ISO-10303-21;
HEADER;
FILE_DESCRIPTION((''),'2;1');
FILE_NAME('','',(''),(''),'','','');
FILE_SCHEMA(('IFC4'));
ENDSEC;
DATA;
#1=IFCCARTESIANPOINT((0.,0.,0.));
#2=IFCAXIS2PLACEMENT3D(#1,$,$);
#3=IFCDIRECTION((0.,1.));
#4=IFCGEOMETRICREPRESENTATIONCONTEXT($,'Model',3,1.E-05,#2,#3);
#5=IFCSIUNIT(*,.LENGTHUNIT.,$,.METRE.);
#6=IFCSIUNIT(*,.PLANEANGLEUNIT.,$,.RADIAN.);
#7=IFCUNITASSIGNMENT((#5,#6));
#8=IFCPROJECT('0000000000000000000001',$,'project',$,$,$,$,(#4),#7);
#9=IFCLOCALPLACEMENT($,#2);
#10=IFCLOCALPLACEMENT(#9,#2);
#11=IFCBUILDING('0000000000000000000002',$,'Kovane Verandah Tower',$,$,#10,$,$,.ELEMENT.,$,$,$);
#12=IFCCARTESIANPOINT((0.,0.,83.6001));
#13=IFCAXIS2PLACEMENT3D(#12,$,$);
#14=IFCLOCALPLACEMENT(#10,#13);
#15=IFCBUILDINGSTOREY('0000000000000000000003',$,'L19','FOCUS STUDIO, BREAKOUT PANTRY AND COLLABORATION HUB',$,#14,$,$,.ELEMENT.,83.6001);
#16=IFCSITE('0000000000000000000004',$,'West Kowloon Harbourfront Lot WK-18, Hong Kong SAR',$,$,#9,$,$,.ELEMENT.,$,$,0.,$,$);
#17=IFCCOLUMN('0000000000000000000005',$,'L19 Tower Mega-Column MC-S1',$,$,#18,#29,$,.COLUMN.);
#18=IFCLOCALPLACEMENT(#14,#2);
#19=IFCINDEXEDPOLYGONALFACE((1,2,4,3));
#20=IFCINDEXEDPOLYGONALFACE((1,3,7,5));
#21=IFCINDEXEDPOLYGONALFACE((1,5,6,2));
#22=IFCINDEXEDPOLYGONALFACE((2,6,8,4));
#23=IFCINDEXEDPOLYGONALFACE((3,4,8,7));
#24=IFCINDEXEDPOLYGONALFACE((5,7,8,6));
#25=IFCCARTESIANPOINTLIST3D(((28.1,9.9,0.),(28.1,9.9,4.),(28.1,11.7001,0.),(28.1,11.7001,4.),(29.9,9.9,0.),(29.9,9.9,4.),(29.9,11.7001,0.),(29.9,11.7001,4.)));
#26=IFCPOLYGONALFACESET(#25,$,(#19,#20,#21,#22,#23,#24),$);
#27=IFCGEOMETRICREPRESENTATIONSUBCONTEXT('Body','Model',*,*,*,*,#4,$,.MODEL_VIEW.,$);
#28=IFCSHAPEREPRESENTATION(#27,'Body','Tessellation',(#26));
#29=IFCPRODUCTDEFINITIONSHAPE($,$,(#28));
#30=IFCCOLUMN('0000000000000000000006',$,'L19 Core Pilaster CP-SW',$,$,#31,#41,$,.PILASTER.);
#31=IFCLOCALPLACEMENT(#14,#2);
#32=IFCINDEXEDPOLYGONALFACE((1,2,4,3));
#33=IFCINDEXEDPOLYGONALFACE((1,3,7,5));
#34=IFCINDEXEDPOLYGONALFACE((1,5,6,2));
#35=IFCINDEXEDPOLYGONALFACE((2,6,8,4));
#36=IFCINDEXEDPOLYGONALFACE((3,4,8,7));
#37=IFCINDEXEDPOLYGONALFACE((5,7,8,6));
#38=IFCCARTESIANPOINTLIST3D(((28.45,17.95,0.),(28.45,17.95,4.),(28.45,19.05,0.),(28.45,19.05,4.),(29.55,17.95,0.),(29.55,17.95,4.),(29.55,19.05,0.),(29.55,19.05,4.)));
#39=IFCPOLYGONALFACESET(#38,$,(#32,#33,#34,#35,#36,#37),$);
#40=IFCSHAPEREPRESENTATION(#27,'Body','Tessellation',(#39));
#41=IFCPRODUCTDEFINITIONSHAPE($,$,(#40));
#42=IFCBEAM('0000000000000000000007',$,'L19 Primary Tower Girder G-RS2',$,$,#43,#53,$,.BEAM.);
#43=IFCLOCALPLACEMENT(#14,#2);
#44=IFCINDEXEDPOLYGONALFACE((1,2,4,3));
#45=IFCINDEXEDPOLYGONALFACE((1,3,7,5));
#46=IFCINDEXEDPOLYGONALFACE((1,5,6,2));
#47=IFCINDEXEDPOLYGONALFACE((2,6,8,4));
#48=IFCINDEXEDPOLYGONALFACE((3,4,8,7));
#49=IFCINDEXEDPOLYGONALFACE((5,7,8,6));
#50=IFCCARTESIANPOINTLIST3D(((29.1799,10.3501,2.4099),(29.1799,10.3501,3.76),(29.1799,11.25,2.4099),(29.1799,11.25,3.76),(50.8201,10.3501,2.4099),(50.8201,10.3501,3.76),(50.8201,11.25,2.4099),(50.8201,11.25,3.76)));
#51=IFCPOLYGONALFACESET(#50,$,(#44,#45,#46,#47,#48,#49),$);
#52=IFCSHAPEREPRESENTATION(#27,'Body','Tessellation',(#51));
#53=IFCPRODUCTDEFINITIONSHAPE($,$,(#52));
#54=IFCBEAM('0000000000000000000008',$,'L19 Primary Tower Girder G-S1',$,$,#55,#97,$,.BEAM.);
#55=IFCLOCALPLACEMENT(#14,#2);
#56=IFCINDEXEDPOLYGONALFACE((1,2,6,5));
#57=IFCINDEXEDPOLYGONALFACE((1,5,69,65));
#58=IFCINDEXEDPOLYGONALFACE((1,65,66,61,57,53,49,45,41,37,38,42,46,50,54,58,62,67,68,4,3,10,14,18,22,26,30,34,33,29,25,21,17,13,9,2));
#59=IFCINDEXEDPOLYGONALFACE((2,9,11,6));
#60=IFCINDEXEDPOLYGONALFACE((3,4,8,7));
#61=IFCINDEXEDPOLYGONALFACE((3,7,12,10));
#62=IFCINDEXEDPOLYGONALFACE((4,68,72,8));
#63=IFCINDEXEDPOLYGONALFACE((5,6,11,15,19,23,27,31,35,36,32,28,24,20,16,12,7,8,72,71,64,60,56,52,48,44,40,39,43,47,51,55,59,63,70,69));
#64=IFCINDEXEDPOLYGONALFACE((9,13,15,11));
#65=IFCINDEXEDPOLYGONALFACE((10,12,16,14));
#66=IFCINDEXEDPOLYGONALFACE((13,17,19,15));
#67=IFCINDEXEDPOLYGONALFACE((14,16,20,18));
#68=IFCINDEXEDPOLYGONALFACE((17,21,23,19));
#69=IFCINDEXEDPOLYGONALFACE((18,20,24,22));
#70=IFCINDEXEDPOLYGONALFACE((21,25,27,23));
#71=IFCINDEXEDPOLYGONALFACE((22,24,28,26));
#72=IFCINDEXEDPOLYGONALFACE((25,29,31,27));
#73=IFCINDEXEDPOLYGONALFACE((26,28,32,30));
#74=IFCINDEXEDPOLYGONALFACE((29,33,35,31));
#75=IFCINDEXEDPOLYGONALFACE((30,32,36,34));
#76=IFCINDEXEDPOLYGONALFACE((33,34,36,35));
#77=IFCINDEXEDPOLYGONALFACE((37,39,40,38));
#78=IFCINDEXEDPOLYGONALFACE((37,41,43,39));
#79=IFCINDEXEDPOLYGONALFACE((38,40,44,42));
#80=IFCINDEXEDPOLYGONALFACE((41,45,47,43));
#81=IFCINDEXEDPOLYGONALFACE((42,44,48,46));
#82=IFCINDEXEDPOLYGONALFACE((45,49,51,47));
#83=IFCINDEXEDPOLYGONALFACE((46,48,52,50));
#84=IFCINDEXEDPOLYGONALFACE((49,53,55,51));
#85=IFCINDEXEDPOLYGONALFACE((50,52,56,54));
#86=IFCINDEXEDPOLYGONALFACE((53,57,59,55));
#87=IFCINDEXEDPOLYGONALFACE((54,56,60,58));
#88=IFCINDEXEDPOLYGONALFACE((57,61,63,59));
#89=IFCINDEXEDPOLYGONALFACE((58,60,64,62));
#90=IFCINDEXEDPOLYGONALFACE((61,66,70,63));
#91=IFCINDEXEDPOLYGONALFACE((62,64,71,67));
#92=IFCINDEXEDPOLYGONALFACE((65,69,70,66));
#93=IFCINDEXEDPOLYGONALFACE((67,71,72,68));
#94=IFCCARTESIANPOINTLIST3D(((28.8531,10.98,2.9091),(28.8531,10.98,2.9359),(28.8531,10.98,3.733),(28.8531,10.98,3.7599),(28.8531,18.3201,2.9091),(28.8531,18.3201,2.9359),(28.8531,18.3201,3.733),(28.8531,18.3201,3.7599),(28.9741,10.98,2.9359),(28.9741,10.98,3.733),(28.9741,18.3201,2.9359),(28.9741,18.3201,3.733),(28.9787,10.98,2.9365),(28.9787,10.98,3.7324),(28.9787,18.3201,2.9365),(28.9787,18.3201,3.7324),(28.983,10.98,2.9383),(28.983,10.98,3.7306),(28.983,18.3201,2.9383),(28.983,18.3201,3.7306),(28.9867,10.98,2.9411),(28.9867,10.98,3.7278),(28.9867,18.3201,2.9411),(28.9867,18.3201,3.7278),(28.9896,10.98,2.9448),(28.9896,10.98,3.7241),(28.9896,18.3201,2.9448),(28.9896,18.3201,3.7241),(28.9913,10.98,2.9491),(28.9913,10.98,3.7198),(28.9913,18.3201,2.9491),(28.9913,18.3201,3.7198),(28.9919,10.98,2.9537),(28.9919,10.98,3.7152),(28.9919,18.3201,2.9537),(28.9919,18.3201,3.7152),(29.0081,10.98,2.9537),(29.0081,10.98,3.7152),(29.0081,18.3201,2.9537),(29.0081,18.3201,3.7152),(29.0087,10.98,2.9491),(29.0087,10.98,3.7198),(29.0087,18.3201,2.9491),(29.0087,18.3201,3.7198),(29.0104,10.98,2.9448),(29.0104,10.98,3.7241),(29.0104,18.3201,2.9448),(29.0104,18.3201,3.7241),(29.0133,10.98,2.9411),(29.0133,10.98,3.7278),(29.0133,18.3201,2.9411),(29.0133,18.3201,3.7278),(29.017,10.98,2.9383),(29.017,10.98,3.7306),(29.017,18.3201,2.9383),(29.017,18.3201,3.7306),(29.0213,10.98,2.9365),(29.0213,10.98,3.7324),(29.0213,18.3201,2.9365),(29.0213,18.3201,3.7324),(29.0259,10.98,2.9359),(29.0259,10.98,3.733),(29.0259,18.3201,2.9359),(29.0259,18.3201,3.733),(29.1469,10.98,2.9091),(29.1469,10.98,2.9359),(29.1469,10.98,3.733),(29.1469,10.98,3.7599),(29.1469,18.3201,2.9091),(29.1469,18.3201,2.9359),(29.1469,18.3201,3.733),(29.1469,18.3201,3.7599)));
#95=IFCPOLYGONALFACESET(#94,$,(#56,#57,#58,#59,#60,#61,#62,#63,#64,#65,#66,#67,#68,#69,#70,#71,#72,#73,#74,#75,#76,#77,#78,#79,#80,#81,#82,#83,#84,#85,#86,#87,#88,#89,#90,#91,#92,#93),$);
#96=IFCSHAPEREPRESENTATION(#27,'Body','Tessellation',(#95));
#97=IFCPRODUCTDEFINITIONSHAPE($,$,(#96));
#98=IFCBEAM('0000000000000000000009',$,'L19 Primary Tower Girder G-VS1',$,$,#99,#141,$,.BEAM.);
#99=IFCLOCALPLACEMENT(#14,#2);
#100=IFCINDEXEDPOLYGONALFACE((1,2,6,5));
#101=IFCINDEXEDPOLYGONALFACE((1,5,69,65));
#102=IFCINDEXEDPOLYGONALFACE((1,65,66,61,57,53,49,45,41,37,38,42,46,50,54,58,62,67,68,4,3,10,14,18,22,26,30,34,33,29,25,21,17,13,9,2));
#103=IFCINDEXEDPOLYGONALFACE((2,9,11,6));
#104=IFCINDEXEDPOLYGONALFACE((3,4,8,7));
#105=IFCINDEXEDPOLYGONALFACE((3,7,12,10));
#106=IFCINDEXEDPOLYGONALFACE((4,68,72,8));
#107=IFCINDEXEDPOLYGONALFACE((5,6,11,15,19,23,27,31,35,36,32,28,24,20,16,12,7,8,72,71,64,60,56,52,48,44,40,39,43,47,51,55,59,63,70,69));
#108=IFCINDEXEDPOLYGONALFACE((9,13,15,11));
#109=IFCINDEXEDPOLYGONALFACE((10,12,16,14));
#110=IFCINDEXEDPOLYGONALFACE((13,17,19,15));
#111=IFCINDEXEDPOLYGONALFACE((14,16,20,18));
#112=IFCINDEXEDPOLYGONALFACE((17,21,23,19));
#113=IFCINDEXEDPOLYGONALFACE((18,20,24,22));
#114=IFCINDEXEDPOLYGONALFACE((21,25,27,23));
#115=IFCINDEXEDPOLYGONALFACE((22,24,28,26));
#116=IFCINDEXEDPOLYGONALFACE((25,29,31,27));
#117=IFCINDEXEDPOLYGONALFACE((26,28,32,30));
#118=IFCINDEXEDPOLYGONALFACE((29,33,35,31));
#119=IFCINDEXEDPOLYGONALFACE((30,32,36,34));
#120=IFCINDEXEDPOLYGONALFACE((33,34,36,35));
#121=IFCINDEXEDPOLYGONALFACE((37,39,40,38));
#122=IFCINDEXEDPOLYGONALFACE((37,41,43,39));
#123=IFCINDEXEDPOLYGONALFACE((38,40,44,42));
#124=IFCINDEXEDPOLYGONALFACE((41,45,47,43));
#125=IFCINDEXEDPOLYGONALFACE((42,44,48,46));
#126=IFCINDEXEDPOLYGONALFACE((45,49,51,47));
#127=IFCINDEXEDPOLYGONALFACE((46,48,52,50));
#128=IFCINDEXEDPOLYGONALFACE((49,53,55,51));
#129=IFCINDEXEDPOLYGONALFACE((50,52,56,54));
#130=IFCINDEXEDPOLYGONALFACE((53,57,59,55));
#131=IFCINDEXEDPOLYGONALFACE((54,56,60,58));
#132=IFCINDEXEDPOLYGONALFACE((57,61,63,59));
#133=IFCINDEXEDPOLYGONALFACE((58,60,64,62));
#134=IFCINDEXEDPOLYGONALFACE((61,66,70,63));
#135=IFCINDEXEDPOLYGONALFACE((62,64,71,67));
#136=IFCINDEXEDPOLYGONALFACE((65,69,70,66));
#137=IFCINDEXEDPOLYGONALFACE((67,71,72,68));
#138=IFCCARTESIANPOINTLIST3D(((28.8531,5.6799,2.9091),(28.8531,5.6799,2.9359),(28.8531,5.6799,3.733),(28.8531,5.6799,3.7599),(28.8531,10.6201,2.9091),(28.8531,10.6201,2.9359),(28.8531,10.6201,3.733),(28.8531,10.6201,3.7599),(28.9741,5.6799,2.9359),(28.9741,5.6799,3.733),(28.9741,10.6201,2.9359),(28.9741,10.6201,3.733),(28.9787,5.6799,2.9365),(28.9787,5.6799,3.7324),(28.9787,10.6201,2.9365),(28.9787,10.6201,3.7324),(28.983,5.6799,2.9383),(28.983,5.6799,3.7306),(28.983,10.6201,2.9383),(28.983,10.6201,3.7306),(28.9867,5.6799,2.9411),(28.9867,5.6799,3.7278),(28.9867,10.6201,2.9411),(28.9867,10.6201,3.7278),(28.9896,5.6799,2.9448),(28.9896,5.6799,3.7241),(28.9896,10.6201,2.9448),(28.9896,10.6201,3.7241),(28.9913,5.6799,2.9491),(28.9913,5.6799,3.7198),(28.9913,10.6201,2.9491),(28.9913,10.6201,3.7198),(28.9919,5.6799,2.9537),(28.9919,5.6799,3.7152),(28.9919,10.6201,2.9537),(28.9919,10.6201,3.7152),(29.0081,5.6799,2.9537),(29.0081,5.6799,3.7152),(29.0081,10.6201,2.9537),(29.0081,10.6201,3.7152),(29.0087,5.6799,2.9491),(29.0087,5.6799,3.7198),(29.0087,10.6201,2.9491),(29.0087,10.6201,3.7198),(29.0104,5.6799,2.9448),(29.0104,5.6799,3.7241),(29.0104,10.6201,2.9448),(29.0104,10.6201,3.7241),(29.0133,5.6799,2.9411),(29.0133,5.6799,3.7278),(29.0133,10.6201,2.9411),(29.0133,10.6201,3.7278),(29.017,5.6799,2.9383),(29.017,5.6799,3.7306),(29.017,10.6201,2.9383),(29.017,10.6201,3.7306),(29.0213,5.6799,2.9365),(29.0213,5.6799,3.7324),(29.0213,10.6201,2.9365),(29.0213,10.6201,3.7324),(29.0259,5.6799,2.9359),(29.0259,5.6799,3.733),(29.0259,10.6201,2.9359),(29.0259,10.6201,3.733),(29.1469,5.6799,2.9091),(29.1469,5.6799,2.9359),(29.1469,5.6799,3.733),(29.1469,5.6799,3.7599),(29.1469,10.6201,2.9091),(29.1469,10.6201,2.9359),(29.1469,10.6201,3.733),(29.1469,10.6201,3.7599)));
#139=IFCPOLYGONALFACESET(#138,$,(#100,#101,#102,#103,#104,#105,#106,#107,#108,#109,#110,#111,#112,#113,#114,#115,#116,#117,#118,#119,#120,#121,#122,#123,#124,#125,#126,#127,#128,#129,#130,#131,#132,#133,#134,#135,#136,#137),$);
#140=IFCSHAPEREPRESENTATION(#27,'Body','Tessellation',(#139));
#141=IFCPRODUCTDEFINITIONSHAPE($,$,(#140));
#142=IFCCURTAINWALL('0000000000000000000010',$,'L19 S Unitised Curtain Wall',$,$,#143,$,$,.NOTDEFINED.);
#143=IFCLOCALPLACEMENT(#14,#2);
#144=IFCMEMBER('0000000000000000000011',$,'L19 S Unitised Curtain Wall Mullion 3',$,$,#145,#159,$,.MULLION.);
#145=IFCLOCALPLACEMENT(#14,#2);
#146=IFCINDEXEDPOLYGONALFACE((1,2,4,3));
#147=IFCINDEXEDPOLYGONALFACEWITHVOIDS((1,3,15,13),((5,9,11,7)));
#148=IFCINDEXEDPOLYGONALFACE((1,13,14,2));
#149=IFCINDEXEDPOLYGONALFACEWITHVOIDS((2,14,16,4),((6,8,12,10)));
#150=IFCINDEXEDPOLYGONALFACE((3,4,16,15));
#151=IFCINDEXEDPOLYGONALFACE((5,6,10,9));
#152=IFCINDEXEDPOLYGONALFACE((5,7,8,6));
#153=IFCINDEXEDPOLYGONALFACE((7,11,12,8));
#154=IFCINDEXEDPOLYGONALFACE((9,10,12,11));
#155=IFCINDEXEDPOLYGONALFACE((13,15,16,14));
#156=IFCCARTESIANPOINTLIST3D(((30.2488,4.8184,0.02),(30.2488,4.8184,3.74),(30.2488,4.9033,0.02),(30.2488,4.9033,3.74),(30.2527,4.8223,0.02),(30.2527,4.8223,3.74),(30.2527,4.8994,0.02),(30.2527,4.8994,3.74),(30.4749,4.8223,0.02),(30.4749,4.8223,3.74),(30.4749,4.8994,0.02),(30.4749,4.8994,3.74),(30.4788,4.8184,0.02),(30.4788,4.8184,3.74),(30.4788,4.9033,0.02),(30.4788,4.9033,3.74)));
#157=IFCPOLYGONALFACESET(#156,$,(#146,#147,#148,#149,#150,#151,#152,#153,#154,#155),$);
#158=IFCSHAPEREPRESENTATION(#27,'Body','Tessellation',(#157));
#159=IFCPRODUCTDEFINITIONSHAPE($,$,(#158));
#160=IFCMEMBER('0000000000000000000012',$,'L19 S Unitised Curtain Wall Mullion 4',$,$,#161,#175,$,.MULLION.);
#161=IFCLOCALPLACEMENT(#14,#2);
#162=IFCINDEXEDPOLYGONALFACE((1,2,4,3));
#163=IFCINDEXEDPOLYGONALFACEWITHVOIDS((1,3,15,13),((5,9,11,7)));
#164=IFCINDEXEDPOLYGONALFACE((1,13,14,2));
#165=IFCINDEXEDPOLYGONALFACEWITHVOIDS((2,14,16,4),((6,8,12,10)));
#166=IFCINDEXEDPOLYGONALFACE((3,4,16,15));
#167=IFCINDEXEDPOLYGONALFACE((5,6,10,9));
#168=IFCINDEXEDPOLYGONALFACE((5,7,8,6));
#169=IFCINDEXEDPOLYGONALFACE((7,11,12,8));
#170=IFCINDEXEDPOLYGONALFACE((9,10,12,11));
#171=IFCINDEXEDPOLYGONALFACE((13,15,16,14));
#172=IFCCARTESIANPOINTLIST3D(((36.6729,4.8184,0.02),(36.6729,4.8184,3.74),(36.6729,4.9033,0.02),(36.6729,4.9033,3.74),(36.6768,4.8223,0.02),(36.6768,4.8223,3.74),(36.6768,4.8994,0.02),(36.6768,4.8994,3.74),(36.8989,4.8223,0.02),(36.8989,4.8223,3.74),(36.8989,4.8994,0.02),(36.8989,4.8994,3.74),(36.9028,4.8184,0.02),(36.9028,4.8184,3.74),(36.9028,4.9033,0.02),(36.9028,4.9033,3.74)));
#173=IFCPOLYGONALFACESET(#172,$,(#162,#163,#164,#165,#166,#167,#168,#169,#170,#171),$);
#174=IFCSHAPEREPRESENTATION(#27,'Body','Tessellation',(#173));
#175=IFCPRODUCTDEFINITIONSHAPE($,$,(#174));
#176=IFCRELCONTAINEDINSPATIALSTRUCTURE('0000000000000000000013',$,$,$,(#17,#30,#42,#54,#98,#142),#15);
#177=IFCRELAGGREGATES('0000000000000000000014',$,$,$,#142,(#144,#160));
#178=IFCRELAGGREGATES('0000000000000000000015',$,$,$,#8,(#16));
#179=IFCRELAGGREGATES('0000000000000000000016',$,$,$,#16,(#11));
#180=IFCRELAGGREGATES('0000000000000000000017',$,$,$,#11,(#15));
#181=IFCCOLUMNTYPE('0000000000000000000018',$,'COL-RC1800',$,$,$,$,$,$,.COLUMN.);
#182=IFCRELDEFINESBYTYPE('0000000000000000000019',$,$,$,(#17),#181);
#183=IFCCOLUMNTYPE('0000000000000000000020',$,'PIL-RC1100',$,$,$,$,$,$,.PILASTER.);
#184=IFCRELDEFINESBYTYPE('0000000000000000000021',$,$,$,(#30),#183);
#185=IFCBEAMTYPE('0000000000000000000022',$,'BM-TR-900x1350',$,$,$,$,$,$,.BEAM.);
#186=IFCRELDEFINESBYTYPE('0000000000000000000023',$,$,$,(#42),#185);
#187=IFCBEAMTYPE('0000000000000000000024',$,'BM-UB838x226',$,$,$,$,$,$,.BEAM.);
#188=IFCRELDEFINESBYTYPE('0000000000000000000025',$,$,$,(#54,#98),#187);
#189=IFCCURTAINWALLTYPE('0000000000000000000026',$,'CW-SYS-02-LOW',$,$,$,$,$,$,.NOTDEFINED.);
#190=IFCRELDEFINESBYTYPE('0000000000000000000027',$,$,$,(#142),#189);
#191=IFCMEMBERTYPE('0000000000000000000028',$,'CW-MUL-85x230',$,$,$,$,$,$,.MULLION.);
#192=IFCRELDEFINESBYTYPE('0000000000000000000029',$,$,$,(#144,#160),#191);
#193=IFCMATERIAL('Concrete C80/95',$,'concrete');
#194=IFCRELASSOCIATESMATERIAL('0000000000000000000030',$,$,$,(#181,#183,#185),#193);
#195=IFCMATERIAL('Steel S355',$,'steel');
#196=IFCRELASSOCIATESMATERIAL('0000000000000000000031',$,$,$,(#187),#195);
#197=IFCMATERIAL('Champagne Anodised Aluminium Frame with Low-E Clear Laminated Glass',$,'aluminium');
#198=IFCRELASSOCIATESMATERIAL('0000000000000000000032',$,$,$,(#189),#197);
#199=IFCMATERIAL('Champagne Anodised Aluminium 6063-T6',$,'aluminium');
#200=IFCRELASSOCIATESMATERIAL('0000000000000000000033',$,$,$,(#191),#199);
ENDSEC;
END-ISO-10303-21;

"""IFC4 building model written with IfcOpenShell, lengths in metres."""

from ifc_helpers import new_model, si_unit, direction, frame, origin, origin_2d, place, context, subcontext, project, spatial, rectangle, hollow_rectangle, i_section, extrude, material, material_profile, profile_set, type_object, element, aggregate, save


model = new_model("IFC4")

# Units and contexts
model_context = context("Model", 3, precision=1e-05, world=origin(), true_north=direction((0.0, 1.0)))
body_context = subcontext(model_context, "Body", "Model", "MODEL_VIEW")
ifc_project = project(units=[si_unit("LENGTHUNIT", "METRE"), si_unit("PLANEANGLEUNIT", "RADIAN")], contexts=[model_context])

# Site, building, storey
site_placement = place(None, origin())
site = spatial("IfcSite", under=ifc_project, at=site_placement, Name="West Kowloon Harbourfront Lot WK-18, Hong Kong SAR", CompositionType="ELEMENT", RefElevation=0.0)
building_placement = place(site_placement, origin())
building = spatial("IfcBuilding", under=site, at=building_placement, Name="Kovane Verandah Tower", CompositionType="ELEMENT")
storey_placement = place(building_placement, frame((0.0, 0.0, 83.6001)))
storey = spatial("IfcBuildingStorey", under=building, at=storey_placement, Name="L19", Description="FOCUS STUDIO, BREAKOUT PANTRY AND COLLABORATION HUB", CompositionType="ELEMENT", Elevation=83.6001)

# Columns
ifc_material_1 = material(Name="Concrete C80/95", Category="concrete")
ifc_material_profile_1 = material_profile(ifc_material_1, rectangle(XDim=1.8, YDim=1.8, at=origin_2d()), Name="RC1800x1800")
ifc_profile_set_1 = profile_set([ifc_material_profile_1], Name="Concrete C80/95")
column_type_1 = type_object("IfcColumnType", Name="COL-RC1800", PredefinedType="COLUMN", material=ifc_profile_set_1)
column_1_placement = place(storey_placement, frame((29.0, 10.8, 0.0), z_axis=(0.0, 0.0, 1.0), x_axis=(1.0, 0.0, 0.0)))
element("IfcColumn", 1, at=column_1_placement, inside=storey, type_object=column_type_1, Name="L19 Tower Mega-Column MC-S1", PredefinedType="COLUMN", context=body_context, shape_type="SweptSolid", body=[
    extrude(rectangle(XDim=1.8, YDim=1.8, at=origin_2d()), origin(), (0.0, 0.0, 1.0), 4.0),
])
ifc_material_profile_2 = material_profile(ifc_material_1, rectangle(XDim=1.1001, YDim=1.1001, at=origin_2d()), Name="RC1100x1100")
ifc_profile_set_2 = profile_set([ifc_material_profile_2], Name="Concrete C80/95")
column_type_2 = type_object("IfcColumnType", Name="PIL-RC1100", PredefinedType="PILASTER", material=ifc_profile_set_2)
column_2_placement = place(storey_placement, frame((29.0, 18.5, 0.0), z_axis=(0.0, 0.0, 1.0), x_axis=(1.0, 0.0, 0.0)))
element("IfcColumn", 2, at=column_2_placement, inside=storey, type_object=column_type_2, Name="L19 Core Pilaster CP-SW", PredefinedType="PILASTER", context=body_context, shape_type="SweptSolid", body=[
    extrude(rectangle(XDim=1.1001, YDim=1.1001, at=origin_2d()), origin(), (0.0, 0.0, 1.0), 4.0),
])

# Beams
ifc_material_profile_3 = material_profile(ifc_material_1, rectangle(XDim=0.8999, YDim=1.3501, at=origin_2d()), Name="RCB900x1350")
ifc_profile_set_3 = profile_set([ifc_material_profile_3], Name="Concrete C80/95")
beam_type_1 = type_object("IfcBeamType", Name="BM-TR-900x1350", PredefinedType="BEAM", material=ifc_profile_set_3)
beam_1_placement = place(storey_placement, frame((29.1799, 10.8, 3.085), z_axis=(1.0, 0.0, 0.0), x_axis=(0.0, 1.0, 0.0)))
element("IfcBeam", 3, at=beam_1_placement, inside=storey, type_object=beam_type_1, Name="L19 Primary Tower Girder G-RS2", PredefinedType="BEAM", context=body_context, shape_type="SweptSolid", body=[
    extrude(rectangle(XDim=0.8999, YDim=1.3501, at=origin_2d()), origin(), (0.0, 0.0, 1.0), 21.6401),
])
ifc_material_2 = material(Name="Steel S355", Category="steel")
ifc_material_profile_4 = material_profile(ifc_material_2, i_section(OverallWidth=0.2937, OverallDepth=0.8508, WebThickness=0.0161, FlangeThickness=0.0269, FilletRadius=0.0178, at=origin_2d()), Name="UB838x292x226")
ifc_profile_set_4 = profile_set([ifc_material_profile_4], Name="Steel S355")
beam_type_2 = type_object("IfcBeamType", Name="BM-UB838x226", PredefinedType="BEAM", material=ifc_profile_set_4)
beam_2_placement = place(storey_placement, frame((29.0, 18.3201, 3.3345), z_axis=(0.0, -1.0, 0.0), x_axis=(1.0, 0.0, 0.0)))
element("IfcBeam", 4, at=beam_2_placement, inside=storey, type_object=beam_type_2, Name="L19 Primary Tower Girder G-S1", PredefinedType="BEAM", context=body_context, shape_type="SweptSolid", body=[
    extrude(i_section(OverallWidth=0.2937, OverallDepth=0.8508, WebThickness=0.0161, FlangeThickness=0.0269, FilletRadius=0.0178, at=origin_2d()), origin(), (0.0, 0.0, 1.0), 7.3401),
])
beam_3_placement = place(storey_placement, frame((29.0, 10.6201, 3.3345), z_axis=(0.0, -1.0, 0.0), x_axis=(1.0, 0.0, 0.0)))
element("IfcBeam", 5, at=beam_3_placement, inside=storey, type_object=beam_type_2, Name="L19 Primary Tower Girder G-VS1", PredefinedType="BEAM", context=body_context, shape_type="SweptSolid", body=[
    extrude(i_section(OverallWidth=0.2937, OverallDepth=0.8508, WebThickness=0.0161, FlangeThickness=0.0269, FilletRadius=0.0178, at=origin_2d()), origin(), (0.0, 0.0, 1.0), 4.9402),
])

# Curtain wall, members
ifc_material_3 = material(Name="Champagne Anodised Aluminium Frame with Low-E Clear Laminated Glass", Category="aluminium")
curtain_wall_type = type_object("IfcCurtainWallType", Name="CW-SYS-02-LOW", PredefinedType="NOTDEFINED", material=ifc_material_3)
curtain_wall_placement = place(storey_placement, origin())
curtain_wall = element("IfcCurtainWall", 6, at=curtain_wall_placement, inside=storey, type_object=curtain_wall_type, Name="L19 S Unitised Curtain Wall", PredefinedType="NOTDEFINED")
ifc_material_4 = material(Name="Champagne Anodised Aluminium 6063-T6", Category="aluminium")
ifc_material_profile_5 = material_profile(ifc_material_4, hollow_rectangle(XDim=0.085, YDim=0.23, WallThickness=0.0039, at=origin_2d()), Name="AL85x230x4")
ifc_profile_set_5 = profile_set([ifc_material_profile_5], Name="Champagne Anodised Aluminium 6063-T6")
member_type_1 = type_object("IfcMemberType", Name="CW-MUL-85x230", PredefinedType="MULLION", material=ifc_profile_set_5)
member_1_placement = place(storey_placement, frame((30.3638, 4.8608, 0.02), z_axis=(0.0, 0.0, 1.0), x_axis=(0.0, -1.0, 0.0)))
member_1 = element("IfcMember", 7, at=member_1_placement, type_object=member_type_1, Name="L19 S Unitised Curtain Wall Mullion 3", PredefinedType="MULLION", context=body_context, shape_type="SweptSolid", body=[
    extrude(hollow_rectangle(XDim=0.085, YDim=0.23, WallThickness=0.0039, at=origin_2d()), origin(), (0.0, 0.0, 1.0), 3.72),
])
member_2_placement = place(storey_placement, frame((36.7878, 4.8608, 0.02), z_axis=(0.0, 0.0, 1.0), x_axis=(0.0, -1.0, 0.0)))
member_2 = element("IfcMember", 8, at=member_2_placement, type_object=member_type_1, Name="L19 S Unitised Curtain Wall Mullion 4", PredefinedType="MULLION", context=body_context, shape_type="SweptSolid", body=[
    extrude(hollow_rectangle(XDim=0.085, YDim=0.23, WallThickness=0.0039, at=origin_2d()), origin(), (0.0, 0.0, 1.0), 3.72),
])

aggregate(curtain_wall, [member_1, member_2])

save(model, "model.ifc")
